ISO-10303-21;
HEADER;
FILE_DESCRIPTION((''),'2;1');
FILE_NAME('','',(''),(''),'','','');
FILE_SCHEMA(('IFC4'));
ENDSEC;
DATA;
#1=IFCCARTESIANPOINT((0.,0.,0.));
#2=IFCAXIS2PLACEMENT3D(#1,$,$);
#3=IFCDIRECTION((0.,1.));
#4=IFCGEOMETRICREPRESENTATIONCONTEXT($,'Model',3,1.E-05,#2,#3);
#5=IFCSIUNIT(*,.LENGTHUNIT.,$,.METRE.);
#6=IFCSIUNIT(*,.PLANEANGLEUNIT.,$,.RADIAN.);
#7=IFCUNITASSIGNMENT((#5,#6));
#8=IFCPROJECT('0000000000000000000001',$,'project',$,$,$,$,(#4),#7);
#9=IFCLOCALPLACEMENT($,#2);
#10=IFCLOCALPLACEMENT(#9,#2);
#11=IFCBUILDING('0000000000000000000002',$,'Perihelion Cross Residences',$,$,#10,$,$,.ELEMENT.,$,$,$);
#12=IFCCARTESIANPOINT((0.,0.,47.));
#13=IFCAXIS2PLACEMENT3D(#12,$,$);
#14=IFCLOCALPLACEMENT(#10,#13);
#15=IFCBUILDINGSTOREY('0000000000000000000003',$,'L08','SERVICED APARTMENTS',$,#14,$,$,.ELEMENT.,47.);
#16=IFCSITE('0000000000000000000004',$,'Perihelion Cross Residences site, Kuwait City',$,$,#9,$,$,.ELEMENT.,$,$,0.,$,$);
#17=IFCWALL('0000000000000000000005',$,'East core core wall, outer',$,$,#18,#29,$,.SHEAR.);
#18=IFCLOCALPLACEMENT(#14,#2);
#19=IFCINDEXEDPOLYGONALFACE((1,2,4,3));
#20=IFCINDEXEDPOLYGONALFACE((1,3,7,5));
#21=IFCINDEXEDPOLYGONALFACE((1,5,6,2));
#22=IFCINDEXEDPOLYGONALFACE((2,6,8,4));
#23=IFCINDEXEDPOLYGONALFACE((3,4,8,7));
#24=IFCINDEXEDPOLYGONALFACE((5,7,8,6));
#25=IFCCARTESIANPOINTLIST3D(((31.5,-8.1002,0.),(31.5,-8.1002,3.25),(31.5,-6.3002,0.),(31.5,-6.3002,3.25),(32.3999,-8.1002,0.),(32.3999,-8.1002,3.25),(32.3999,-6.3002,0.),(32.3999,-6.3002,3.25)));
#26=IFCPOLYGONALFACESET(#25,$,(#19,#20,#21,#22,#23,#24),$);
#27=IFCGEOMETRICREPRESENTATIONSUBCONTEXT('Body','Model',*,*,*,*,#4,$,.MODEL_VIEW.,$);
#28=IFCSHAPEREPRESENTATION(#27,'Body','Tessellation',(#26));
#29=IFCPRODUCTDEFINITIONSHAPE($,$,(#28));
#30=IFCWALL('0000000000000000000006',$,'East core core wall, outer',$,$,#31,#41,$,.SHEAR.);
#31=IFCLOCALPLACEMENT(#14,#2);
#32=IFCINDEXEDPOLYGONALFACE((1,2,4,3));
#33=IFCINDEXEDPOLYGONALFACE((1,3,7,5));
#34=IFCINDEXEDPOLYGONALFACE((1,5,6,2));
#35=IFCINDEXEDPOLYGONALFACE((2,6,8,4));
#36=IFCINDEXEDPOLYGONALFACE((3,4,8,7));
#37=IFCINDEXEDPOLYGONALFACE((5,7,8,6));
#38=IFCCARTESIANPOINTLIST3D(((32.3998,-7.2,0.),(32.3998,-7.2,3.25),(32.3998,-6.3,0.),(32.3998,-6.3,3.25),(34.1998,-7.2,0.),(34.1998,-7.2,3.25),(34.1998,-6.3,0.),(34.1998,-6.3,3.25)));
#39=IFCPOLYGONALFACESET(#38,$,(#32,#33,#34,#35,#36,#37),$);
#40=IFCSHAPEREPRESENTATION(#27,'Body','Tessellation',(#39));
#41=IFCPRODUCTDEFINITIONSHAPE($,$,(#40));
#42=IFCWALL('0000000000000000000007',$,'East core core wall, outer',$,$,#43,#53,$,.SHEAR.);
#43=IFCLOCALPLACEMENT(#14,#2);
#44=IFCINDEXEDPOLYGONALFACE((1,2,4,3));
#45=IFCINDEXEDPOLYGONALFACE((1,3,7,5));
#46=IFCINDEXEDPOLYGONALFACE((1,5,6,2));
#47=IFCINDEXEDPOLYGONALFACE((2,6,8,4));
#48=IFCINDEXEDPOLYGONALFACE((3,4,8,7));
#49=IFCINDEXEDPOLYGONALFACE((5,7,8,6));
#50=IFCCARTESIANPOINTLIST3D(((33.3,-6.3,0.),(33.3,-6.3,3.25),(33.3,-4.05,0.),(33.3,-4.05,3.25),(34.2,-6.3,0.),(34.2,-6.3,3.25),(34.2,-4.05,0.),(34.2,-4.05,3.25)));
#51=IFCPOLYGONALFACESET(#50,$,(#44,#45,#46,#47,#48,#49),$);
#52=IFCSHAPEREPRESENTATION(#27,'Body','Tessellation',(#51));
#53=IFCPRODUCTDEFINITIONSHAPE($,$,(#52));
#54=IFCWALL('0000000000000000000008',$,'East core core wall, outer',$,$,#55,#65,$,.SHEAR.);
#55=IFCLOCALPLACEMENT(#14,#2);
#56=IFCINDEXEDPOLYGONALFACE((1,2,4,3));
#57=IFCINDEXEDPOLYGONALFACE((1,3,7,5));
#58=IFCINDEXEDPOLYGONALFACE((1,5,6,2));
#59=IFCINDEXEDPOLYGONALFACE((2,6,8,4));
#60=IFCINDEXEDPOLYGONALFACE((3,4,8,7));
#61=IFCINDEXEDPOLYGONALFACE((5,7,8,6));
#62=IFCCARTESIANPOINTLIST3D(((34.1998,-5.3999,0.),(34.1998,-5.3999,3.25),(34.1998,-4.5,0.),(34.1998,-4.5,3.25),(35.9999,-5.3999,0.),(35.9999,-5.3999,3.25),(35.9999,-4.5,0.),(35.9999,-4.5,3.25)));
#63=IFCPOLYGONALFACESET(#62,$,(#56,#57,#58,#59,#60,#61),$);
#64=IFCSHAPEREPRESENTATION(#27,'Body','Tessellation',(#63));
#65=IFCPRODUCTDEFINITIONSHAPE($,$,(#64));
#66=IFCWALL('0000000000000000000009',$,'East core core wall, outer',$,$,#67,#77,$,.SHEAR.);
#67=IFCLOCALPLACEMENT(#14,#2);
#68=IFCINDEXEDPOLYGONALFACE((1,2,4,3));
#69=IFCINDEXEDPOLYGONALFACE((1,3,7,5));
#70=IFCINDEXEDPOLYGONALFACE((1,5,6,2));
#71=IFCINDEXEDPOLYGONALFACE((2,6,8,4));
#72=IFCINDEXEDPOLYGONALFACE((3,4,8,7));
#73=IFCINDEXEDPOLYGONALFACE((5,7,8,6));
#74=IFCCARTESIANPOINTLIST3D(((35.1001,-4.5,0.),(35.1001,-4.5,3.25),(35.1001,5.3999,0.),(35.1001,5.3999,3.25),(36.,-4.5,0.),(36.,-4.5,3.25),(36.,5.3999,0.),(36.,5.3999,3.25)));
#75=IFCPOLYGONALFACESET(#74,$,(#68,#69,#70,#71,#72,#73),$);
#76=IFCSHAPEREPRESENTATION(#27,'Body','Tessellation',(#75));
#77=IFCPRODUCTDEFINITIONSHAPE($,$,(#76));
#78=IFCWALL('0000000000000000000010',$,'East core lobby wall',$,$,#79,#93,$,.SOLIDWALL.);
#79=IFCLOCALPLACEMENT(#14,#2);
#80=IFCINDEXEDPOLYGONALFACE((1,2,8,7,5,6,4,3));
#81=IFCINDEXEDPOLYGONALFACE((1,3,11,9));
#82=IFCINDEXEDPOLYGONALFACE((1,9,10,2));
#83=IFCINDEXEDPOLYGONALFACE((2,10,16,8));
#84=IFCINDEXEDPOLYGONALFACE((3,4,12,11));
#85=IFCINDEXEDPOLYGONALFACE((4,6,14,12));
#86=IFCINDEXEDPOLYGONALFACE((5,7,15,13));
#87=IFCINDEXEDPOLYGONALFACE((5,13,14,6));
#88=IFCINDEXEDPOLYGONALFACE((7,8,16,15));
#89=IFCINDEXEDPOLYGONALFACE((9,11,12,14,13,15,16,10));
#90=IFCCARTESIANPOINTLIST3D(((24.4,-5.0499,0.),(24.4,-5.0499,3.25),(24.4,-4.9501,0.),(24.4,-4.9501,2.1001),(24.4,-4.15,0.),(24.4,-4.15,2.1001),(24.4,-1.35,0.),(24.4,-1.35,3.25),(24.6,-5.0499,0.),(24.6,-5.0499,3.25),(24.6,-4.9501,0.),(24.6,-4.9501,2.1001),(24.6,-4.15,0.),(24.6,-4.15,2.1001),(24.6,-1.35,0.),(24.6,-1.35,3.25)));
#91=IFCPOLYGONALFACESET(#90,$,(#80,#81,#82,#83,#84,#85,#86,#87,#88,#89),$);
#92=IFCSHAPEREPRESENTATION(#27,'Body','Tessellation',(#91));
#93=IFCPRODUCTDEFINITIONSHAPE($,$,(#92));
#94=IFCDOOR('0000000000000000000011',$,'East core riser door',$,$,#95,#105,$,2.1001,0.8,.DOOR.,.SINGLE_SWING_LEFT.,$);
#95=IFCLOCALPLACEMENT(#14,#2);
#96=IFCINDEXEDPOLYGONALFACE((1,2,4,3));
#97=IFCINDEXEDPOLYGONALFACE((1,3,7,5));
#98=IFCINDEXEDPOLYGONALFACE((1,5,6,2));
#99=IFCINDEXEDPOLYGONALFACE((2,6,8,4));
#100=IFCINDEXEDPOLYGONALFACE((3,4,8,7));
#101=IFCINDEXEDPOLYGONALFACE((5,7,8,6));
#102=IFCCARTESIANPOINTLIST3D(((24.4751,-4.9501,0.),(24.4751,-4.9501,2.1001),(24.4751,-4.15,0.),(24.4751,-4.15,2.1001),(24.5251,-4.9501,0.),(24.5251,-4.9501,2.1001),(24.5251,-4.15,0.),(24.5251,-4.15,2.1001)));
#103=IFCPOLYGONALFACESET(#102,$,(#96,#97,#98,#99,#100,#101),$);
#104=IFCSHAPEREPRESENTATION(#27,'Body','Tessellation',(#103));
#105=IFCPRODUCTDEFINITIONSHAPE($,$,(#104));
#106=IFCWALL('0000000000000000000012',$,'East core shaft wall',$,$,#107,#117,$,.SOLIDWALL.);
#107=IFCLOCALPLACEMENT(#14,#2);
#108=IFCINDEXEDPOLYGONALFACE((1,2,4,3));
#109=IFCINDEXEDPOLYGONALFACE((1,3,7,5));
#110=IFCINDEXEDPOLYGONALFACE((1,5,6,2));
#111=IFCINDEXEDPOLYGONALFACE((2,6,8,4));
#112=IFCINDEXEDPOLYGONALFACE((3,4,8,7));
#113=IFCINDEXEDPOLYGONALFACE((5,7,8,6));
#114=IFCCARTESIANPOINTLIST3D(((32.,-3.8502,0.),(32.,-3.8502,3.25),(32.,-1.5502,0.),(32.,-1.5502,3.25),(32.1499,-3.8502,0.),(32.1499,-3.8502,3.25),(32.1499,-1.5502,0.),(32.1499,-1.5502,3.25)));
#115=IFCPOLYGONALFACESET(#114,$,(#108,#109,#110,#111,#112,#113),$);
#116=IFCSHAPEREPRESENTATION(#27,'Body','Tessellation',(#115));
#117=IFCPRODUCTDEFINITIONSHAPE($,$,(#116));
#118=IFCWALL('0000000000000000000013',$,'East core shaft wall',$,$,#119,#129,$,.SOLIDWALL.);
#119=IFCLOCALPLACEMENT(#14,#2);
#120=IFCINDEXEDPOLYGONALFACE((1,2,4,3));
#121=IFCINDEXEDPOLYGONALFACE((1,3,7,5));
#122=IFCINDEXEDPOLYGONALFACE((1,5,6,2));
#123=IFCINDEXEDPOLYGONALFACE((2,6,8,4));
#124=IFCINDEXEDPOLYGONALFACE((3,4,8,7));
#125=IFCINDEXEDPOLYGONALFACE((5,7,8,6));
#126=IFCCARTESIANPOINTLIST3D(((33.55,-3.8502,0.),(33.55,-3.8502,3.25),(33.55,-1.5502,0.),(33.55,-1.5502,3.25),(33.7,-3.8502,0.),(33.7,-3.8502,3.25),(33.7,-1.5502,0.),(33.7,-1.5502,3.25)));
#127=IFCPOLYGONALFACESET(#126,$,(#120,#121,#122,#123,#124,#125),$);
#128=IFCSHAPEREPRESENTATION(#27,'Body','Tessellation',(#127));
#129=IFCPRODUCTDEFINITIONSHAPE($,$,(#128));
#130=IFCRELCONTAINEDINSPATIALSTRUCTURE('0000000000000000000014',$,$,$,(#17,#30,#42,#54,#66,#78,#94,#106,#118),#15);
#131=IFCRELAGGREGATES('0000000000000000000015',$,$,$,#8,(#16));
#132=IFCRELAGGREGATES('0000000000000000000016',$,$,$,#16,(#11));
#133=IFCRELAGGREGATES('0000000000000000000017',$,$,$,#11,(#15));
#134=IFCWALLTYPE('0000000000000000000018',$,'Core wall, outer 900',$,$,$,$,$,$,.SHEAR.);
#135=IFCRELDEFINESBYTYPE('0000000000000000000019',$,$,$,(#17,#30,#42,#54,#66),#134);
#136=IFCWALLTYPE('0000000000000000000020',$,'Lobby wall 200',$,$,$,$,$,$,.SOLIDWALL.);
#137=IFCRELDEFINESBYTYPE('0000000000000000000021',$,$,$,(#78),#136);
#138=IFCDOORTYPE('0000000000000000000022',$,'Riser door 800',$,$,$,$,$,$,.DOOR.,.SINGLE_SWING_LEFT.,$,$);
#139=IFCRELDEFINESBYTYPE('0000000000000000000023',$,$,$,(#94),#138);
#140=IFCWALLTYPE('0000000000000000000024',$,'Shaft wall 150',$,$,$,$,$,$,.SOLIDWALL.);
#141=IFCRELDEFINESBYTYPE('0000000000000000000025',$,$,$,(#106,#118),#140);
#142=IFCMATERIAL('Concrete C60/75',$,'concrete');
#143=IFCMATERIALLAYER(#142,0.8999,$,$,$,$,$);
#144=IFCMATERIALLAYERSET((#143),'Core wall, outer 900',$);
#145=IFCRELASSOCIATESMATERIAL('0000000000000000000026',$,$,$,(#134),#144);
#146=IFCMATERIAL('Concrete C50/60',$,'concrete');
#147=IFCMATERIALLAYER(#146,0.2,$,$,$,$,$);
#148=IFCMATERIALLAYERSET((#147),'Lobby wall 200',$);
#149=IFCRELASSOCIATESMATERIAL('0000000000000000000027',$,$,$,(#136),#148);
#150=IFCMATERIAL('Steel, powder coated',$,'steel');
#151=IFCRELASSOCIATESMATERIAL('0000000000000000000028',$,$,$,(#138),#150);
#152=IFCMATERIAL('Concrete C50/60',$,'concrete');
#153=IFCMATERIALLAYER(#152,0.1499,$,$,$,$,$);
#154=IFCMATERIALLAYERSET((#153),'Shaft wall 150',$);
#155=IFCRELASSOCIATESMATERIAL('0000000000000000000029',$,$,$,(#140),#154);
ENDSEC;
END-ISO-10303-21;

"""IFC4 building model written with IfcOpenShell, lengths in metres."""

from ifc_helpers import new_model, si_unit, direction, frame, frame_2d, origin, place, context, subcontext, project, spatial, rectangle, extrude, material, layer, layer_set, type_object, element, fill, save


model = new_model("IFC4")

# Units and contexts
model_context = context("Model", 3, precision=1e-05, world=origin(), true_north=direction((0.0, 1.0)))
body_context = subcontext(model_context, "Body", "Model", "MODEL_VIEW")
ifc_project = project(units=[si_unit("LENGTHUNIT", "METRE"), si_unit("PLANEANGLEUNIT", "RADIAN")], contexts=[model_context])

# Site, building, storey
site_placement = place(None, origin())
site = spatial("IfcSite", under=ifc_project, at=site_placement, Name="Perihelion Cross Residences site, Kuwait City", CompositionType="ELEMENT", RefElevation=0.0)
building_placement = place(site_placement, origin())
building = spatial("IfcBuilding", under=site, at=building_placement, Name="Perihelion Cross Residences", CompositionType="ELEMENT")
storey_placement = place(building_placement, frame((0.0, 0.0, 47.0)))
storey = spatial("IfcBuildingStorey", under=building, at=storey_placement, Name="L08", Description="SERVICED APARTMENTS", CompositionType="ELEMENT", Elevation=47.0)

# Walls
ifc_material_1 = material(Name="Concrete C60/75", Category="concrete")
ifc_layer_1 = layer(ifc_material_1, 0.8999)
ifc_layer_set_1 = layer_set([ifc_layer_1], Name="Core wall, outer 900")
wall_type_1 = type_object("IfcWallType", Name="Core wall, outer 900", PredefinedType="SHEAR", material=ifc_layer_set_1)
for number, where, z_axis, x_axis, name in (
    (1, (31.95, -8.1001, 0.0), (0.0, 0.0, 1.0), (0.0, 1.0, 0.0), "East core core wall, outer"),
    (2, (32.3999, -6.75, 0.0), (0.0, 0.0, 1.0), (1.0, 0.0, 0.0), "East core core wall, outer"),
):
    element("IfcWall", number, at=place(storey_placement, frame(where, z_axis=z_axis, x_axis=x_axis)), inside=storey, type_object=wall_type_1, Name=name, PredefinedType="SHEAR", context=body_context, shape_type="SweptSolid", body=[
        extrude(rectangle(XDim=1.8, YDim=0.8999, at=frame_2d((0.8999, 0.0))), origin(), (0.0, 0.0, 1.0), 3.25),
    ])
wall_1_placement = place(storey_placement, frame((33.75, -6.3, 0.0), z_axis=(0.0, 0.0, 1.0), x_axis=(0.0, 1.0, 0.0)))
element("IfcWall", 3, at=wall_1_placement, inside=storey, type_object=wall_type_1, Name="East core core wall, outer", PredefinedType="SHEAR", context=body_context, shape_type="SweptSolid", body=[
    extrude(rectangle(XDim=2.25, YDim=0.8999, at=frame_2d((1.125, 0.0))), origin(), (0.0, 0.0, 1.0), 3.25),
])
wall_2_placement = place(storey_placement, frame((34.2, -4.95, 0.0), z_axis=(0.0, 0.0, 1.0), x_axis=(1.0, 0.0, 0.0)))
element("IfcWall", 4, at=wall_2_placement, inside=storey, type_object=wall_type_1, Name="East core core wall, outer", PredefinedType="SHEAR", context=body_context, shape_type="SweptSolid", body=[
    extrude(rectangle(XDim=1.8, YDim=0.8999, at=frame_2d((0.8999, 0.0))), origin(), (0.0, 0.0, 1.0), 3.25),
])
wall_3_placement = place(storey_placement, frame((35.55, -4.5, 0.0), z_axis=(0.0, 0.0, 1.0), x_axis=(0.0, 1.0, 0.0)))
element("IfcWall", 5, at=wall_3_placement, inside=storey, type_object=wall_type_1, Name="East core core wall, outer", PredefinedType="SHEAR", context=body_context, shape_type="SweptSolid", body=[
    extrude(rectangle(XDim=9.8999, YDim=0.8999, at=frame_2d((4.95, 0.0))), origin(), (0.0, 0.0, 1.0), 3.25),
])

# Wall, opening, door
ifc_material_2 = material(Name="Concrete C50/60", Category="concrete")
ifc_layer_2 = layer(ifc_material_2, 0.2)
ifc_layer_set_2 = layer_set([ifc_layer_2], Name="Lobby wall 200")
wall_type_2 = type_object("IfcWallType", Name="Lobby wall 200", PredefinedType="SOLIDWALL", material=ifc_layer_set_2)
wall_4_placement = place(storey_placement, frame((24.5, -5.05, 0.0), z_axis=(0.0, 0.0, 1.0), x_axis=(0.0, 1.0, 0.0)))
wall_4 = element("IfcWall", 6, at=wall_4_placement, inside=storey, type_object=wall_type_2, Name="East core lobby wall", PredefinedType="SOLIDWALL", context=body_context, shape_type="SweptSolid", body=[
    extrude(rectangle(XDim=3.7, YDim=0.2, at=frame_2d((1.8501, 0.0))), origin(), (0.0, 0.0, 1.0), 3.25),
])
opening_1_placement = place(wall_4_placement, frame((0.1001, 0.0, 0.0)))
opening_1 = element("IfcOpeningElement", 7, at=opening_1_placement, cuts=wall_4, PredefinedType="OPENING", context=body_context, shape_type="SweptSolid", body=[
    extrude(rectangle(XDim=0.8, YDim=2.1001, at=frame_2d((0.3999, 1.05))), frame((0.0, 0.1099, 0.0), z_axis=(0.0, -1.0, 0.0), x_axis=(1.0, 0.0, 0.0)), (0.0, 0.0, 1.0), 0.22),
])
ifc_material_3 = material(Name="Steel, powder coated", Category="steel")
door_type_1 = type_object("IfcDoorType", Name="Riser door 800", OperationType="SINGLE_SWING_LEFT", PredefinedType="DOOR", material=ifc_material_3)
door_1_placement = place(opening_1_placement, origin())
door_1 = element("IfcDoor", 8, at=door_1_placement, inside=storey, type_object=door_type_1, Name="East core riser door", OperationType="SINGLE_SWING_LEFT", OverallHeight=2.1001, OverallWidth=0.8, PredefinedType="DOOR", context=body_context, shape_type="SweptSolid", body=[
    extrude(rectangle(XDim=0.8, YDim=2.1001, at=frame_2d((0.3999, 1.05))), frame((0.0, 0.0249, 0.0), z_axis=(0.0, -1.0, 0.0), x_axis=(1.0, 0.0, 0.0)), (0.0, 0.0, 1.0), 0.05),
])
fill(opening_1, door_1)

# Walls
ifc_material_4 = material(Name="Concrete C50/60", Category="concrete")
ifc_layer_3 = layer(ifc_material_4, 0.1499)
ifc_layer_set_3 = layer_set([ifc_layer_3], Name="Shaft wall 150")
wall_type_3 = type_object("IfcWallType", Name="Shaft wall 150", PredefinedType="SOLIDWALL", material=ifc_layer_set_3)
for number, where, z_axis, x_axis, name in (
    (9, (32.075, -3.8501, 0.0), (0.0, 0.0, 1.0), (0.0, 1.0, 0.0), "East core shaft wall"),
    (10, (33.625, -3.8501, 0.0), (0.0, 0.0, 1.0), (0.0, 1.0, 0.0), "East core shaft wall"),
):
    element("IfcWall", number, at=place(storey_placement, frame(where, z_axis=z_axis, x_axis=x_axis)), inside=storey, type_object=wall_type_3, Name=name, PredefinedType="SOLIDWALL", context=body_context, shape_type="SweptSolid", body=[
        extrude(rectangle(XDim=2.3, YDim=0.1499, at=frame_2d((1.1499, 0.0))), origin(), (0.0, 0.0, 1.0), 3.25),
    ])

save(model, "model.ifc")
